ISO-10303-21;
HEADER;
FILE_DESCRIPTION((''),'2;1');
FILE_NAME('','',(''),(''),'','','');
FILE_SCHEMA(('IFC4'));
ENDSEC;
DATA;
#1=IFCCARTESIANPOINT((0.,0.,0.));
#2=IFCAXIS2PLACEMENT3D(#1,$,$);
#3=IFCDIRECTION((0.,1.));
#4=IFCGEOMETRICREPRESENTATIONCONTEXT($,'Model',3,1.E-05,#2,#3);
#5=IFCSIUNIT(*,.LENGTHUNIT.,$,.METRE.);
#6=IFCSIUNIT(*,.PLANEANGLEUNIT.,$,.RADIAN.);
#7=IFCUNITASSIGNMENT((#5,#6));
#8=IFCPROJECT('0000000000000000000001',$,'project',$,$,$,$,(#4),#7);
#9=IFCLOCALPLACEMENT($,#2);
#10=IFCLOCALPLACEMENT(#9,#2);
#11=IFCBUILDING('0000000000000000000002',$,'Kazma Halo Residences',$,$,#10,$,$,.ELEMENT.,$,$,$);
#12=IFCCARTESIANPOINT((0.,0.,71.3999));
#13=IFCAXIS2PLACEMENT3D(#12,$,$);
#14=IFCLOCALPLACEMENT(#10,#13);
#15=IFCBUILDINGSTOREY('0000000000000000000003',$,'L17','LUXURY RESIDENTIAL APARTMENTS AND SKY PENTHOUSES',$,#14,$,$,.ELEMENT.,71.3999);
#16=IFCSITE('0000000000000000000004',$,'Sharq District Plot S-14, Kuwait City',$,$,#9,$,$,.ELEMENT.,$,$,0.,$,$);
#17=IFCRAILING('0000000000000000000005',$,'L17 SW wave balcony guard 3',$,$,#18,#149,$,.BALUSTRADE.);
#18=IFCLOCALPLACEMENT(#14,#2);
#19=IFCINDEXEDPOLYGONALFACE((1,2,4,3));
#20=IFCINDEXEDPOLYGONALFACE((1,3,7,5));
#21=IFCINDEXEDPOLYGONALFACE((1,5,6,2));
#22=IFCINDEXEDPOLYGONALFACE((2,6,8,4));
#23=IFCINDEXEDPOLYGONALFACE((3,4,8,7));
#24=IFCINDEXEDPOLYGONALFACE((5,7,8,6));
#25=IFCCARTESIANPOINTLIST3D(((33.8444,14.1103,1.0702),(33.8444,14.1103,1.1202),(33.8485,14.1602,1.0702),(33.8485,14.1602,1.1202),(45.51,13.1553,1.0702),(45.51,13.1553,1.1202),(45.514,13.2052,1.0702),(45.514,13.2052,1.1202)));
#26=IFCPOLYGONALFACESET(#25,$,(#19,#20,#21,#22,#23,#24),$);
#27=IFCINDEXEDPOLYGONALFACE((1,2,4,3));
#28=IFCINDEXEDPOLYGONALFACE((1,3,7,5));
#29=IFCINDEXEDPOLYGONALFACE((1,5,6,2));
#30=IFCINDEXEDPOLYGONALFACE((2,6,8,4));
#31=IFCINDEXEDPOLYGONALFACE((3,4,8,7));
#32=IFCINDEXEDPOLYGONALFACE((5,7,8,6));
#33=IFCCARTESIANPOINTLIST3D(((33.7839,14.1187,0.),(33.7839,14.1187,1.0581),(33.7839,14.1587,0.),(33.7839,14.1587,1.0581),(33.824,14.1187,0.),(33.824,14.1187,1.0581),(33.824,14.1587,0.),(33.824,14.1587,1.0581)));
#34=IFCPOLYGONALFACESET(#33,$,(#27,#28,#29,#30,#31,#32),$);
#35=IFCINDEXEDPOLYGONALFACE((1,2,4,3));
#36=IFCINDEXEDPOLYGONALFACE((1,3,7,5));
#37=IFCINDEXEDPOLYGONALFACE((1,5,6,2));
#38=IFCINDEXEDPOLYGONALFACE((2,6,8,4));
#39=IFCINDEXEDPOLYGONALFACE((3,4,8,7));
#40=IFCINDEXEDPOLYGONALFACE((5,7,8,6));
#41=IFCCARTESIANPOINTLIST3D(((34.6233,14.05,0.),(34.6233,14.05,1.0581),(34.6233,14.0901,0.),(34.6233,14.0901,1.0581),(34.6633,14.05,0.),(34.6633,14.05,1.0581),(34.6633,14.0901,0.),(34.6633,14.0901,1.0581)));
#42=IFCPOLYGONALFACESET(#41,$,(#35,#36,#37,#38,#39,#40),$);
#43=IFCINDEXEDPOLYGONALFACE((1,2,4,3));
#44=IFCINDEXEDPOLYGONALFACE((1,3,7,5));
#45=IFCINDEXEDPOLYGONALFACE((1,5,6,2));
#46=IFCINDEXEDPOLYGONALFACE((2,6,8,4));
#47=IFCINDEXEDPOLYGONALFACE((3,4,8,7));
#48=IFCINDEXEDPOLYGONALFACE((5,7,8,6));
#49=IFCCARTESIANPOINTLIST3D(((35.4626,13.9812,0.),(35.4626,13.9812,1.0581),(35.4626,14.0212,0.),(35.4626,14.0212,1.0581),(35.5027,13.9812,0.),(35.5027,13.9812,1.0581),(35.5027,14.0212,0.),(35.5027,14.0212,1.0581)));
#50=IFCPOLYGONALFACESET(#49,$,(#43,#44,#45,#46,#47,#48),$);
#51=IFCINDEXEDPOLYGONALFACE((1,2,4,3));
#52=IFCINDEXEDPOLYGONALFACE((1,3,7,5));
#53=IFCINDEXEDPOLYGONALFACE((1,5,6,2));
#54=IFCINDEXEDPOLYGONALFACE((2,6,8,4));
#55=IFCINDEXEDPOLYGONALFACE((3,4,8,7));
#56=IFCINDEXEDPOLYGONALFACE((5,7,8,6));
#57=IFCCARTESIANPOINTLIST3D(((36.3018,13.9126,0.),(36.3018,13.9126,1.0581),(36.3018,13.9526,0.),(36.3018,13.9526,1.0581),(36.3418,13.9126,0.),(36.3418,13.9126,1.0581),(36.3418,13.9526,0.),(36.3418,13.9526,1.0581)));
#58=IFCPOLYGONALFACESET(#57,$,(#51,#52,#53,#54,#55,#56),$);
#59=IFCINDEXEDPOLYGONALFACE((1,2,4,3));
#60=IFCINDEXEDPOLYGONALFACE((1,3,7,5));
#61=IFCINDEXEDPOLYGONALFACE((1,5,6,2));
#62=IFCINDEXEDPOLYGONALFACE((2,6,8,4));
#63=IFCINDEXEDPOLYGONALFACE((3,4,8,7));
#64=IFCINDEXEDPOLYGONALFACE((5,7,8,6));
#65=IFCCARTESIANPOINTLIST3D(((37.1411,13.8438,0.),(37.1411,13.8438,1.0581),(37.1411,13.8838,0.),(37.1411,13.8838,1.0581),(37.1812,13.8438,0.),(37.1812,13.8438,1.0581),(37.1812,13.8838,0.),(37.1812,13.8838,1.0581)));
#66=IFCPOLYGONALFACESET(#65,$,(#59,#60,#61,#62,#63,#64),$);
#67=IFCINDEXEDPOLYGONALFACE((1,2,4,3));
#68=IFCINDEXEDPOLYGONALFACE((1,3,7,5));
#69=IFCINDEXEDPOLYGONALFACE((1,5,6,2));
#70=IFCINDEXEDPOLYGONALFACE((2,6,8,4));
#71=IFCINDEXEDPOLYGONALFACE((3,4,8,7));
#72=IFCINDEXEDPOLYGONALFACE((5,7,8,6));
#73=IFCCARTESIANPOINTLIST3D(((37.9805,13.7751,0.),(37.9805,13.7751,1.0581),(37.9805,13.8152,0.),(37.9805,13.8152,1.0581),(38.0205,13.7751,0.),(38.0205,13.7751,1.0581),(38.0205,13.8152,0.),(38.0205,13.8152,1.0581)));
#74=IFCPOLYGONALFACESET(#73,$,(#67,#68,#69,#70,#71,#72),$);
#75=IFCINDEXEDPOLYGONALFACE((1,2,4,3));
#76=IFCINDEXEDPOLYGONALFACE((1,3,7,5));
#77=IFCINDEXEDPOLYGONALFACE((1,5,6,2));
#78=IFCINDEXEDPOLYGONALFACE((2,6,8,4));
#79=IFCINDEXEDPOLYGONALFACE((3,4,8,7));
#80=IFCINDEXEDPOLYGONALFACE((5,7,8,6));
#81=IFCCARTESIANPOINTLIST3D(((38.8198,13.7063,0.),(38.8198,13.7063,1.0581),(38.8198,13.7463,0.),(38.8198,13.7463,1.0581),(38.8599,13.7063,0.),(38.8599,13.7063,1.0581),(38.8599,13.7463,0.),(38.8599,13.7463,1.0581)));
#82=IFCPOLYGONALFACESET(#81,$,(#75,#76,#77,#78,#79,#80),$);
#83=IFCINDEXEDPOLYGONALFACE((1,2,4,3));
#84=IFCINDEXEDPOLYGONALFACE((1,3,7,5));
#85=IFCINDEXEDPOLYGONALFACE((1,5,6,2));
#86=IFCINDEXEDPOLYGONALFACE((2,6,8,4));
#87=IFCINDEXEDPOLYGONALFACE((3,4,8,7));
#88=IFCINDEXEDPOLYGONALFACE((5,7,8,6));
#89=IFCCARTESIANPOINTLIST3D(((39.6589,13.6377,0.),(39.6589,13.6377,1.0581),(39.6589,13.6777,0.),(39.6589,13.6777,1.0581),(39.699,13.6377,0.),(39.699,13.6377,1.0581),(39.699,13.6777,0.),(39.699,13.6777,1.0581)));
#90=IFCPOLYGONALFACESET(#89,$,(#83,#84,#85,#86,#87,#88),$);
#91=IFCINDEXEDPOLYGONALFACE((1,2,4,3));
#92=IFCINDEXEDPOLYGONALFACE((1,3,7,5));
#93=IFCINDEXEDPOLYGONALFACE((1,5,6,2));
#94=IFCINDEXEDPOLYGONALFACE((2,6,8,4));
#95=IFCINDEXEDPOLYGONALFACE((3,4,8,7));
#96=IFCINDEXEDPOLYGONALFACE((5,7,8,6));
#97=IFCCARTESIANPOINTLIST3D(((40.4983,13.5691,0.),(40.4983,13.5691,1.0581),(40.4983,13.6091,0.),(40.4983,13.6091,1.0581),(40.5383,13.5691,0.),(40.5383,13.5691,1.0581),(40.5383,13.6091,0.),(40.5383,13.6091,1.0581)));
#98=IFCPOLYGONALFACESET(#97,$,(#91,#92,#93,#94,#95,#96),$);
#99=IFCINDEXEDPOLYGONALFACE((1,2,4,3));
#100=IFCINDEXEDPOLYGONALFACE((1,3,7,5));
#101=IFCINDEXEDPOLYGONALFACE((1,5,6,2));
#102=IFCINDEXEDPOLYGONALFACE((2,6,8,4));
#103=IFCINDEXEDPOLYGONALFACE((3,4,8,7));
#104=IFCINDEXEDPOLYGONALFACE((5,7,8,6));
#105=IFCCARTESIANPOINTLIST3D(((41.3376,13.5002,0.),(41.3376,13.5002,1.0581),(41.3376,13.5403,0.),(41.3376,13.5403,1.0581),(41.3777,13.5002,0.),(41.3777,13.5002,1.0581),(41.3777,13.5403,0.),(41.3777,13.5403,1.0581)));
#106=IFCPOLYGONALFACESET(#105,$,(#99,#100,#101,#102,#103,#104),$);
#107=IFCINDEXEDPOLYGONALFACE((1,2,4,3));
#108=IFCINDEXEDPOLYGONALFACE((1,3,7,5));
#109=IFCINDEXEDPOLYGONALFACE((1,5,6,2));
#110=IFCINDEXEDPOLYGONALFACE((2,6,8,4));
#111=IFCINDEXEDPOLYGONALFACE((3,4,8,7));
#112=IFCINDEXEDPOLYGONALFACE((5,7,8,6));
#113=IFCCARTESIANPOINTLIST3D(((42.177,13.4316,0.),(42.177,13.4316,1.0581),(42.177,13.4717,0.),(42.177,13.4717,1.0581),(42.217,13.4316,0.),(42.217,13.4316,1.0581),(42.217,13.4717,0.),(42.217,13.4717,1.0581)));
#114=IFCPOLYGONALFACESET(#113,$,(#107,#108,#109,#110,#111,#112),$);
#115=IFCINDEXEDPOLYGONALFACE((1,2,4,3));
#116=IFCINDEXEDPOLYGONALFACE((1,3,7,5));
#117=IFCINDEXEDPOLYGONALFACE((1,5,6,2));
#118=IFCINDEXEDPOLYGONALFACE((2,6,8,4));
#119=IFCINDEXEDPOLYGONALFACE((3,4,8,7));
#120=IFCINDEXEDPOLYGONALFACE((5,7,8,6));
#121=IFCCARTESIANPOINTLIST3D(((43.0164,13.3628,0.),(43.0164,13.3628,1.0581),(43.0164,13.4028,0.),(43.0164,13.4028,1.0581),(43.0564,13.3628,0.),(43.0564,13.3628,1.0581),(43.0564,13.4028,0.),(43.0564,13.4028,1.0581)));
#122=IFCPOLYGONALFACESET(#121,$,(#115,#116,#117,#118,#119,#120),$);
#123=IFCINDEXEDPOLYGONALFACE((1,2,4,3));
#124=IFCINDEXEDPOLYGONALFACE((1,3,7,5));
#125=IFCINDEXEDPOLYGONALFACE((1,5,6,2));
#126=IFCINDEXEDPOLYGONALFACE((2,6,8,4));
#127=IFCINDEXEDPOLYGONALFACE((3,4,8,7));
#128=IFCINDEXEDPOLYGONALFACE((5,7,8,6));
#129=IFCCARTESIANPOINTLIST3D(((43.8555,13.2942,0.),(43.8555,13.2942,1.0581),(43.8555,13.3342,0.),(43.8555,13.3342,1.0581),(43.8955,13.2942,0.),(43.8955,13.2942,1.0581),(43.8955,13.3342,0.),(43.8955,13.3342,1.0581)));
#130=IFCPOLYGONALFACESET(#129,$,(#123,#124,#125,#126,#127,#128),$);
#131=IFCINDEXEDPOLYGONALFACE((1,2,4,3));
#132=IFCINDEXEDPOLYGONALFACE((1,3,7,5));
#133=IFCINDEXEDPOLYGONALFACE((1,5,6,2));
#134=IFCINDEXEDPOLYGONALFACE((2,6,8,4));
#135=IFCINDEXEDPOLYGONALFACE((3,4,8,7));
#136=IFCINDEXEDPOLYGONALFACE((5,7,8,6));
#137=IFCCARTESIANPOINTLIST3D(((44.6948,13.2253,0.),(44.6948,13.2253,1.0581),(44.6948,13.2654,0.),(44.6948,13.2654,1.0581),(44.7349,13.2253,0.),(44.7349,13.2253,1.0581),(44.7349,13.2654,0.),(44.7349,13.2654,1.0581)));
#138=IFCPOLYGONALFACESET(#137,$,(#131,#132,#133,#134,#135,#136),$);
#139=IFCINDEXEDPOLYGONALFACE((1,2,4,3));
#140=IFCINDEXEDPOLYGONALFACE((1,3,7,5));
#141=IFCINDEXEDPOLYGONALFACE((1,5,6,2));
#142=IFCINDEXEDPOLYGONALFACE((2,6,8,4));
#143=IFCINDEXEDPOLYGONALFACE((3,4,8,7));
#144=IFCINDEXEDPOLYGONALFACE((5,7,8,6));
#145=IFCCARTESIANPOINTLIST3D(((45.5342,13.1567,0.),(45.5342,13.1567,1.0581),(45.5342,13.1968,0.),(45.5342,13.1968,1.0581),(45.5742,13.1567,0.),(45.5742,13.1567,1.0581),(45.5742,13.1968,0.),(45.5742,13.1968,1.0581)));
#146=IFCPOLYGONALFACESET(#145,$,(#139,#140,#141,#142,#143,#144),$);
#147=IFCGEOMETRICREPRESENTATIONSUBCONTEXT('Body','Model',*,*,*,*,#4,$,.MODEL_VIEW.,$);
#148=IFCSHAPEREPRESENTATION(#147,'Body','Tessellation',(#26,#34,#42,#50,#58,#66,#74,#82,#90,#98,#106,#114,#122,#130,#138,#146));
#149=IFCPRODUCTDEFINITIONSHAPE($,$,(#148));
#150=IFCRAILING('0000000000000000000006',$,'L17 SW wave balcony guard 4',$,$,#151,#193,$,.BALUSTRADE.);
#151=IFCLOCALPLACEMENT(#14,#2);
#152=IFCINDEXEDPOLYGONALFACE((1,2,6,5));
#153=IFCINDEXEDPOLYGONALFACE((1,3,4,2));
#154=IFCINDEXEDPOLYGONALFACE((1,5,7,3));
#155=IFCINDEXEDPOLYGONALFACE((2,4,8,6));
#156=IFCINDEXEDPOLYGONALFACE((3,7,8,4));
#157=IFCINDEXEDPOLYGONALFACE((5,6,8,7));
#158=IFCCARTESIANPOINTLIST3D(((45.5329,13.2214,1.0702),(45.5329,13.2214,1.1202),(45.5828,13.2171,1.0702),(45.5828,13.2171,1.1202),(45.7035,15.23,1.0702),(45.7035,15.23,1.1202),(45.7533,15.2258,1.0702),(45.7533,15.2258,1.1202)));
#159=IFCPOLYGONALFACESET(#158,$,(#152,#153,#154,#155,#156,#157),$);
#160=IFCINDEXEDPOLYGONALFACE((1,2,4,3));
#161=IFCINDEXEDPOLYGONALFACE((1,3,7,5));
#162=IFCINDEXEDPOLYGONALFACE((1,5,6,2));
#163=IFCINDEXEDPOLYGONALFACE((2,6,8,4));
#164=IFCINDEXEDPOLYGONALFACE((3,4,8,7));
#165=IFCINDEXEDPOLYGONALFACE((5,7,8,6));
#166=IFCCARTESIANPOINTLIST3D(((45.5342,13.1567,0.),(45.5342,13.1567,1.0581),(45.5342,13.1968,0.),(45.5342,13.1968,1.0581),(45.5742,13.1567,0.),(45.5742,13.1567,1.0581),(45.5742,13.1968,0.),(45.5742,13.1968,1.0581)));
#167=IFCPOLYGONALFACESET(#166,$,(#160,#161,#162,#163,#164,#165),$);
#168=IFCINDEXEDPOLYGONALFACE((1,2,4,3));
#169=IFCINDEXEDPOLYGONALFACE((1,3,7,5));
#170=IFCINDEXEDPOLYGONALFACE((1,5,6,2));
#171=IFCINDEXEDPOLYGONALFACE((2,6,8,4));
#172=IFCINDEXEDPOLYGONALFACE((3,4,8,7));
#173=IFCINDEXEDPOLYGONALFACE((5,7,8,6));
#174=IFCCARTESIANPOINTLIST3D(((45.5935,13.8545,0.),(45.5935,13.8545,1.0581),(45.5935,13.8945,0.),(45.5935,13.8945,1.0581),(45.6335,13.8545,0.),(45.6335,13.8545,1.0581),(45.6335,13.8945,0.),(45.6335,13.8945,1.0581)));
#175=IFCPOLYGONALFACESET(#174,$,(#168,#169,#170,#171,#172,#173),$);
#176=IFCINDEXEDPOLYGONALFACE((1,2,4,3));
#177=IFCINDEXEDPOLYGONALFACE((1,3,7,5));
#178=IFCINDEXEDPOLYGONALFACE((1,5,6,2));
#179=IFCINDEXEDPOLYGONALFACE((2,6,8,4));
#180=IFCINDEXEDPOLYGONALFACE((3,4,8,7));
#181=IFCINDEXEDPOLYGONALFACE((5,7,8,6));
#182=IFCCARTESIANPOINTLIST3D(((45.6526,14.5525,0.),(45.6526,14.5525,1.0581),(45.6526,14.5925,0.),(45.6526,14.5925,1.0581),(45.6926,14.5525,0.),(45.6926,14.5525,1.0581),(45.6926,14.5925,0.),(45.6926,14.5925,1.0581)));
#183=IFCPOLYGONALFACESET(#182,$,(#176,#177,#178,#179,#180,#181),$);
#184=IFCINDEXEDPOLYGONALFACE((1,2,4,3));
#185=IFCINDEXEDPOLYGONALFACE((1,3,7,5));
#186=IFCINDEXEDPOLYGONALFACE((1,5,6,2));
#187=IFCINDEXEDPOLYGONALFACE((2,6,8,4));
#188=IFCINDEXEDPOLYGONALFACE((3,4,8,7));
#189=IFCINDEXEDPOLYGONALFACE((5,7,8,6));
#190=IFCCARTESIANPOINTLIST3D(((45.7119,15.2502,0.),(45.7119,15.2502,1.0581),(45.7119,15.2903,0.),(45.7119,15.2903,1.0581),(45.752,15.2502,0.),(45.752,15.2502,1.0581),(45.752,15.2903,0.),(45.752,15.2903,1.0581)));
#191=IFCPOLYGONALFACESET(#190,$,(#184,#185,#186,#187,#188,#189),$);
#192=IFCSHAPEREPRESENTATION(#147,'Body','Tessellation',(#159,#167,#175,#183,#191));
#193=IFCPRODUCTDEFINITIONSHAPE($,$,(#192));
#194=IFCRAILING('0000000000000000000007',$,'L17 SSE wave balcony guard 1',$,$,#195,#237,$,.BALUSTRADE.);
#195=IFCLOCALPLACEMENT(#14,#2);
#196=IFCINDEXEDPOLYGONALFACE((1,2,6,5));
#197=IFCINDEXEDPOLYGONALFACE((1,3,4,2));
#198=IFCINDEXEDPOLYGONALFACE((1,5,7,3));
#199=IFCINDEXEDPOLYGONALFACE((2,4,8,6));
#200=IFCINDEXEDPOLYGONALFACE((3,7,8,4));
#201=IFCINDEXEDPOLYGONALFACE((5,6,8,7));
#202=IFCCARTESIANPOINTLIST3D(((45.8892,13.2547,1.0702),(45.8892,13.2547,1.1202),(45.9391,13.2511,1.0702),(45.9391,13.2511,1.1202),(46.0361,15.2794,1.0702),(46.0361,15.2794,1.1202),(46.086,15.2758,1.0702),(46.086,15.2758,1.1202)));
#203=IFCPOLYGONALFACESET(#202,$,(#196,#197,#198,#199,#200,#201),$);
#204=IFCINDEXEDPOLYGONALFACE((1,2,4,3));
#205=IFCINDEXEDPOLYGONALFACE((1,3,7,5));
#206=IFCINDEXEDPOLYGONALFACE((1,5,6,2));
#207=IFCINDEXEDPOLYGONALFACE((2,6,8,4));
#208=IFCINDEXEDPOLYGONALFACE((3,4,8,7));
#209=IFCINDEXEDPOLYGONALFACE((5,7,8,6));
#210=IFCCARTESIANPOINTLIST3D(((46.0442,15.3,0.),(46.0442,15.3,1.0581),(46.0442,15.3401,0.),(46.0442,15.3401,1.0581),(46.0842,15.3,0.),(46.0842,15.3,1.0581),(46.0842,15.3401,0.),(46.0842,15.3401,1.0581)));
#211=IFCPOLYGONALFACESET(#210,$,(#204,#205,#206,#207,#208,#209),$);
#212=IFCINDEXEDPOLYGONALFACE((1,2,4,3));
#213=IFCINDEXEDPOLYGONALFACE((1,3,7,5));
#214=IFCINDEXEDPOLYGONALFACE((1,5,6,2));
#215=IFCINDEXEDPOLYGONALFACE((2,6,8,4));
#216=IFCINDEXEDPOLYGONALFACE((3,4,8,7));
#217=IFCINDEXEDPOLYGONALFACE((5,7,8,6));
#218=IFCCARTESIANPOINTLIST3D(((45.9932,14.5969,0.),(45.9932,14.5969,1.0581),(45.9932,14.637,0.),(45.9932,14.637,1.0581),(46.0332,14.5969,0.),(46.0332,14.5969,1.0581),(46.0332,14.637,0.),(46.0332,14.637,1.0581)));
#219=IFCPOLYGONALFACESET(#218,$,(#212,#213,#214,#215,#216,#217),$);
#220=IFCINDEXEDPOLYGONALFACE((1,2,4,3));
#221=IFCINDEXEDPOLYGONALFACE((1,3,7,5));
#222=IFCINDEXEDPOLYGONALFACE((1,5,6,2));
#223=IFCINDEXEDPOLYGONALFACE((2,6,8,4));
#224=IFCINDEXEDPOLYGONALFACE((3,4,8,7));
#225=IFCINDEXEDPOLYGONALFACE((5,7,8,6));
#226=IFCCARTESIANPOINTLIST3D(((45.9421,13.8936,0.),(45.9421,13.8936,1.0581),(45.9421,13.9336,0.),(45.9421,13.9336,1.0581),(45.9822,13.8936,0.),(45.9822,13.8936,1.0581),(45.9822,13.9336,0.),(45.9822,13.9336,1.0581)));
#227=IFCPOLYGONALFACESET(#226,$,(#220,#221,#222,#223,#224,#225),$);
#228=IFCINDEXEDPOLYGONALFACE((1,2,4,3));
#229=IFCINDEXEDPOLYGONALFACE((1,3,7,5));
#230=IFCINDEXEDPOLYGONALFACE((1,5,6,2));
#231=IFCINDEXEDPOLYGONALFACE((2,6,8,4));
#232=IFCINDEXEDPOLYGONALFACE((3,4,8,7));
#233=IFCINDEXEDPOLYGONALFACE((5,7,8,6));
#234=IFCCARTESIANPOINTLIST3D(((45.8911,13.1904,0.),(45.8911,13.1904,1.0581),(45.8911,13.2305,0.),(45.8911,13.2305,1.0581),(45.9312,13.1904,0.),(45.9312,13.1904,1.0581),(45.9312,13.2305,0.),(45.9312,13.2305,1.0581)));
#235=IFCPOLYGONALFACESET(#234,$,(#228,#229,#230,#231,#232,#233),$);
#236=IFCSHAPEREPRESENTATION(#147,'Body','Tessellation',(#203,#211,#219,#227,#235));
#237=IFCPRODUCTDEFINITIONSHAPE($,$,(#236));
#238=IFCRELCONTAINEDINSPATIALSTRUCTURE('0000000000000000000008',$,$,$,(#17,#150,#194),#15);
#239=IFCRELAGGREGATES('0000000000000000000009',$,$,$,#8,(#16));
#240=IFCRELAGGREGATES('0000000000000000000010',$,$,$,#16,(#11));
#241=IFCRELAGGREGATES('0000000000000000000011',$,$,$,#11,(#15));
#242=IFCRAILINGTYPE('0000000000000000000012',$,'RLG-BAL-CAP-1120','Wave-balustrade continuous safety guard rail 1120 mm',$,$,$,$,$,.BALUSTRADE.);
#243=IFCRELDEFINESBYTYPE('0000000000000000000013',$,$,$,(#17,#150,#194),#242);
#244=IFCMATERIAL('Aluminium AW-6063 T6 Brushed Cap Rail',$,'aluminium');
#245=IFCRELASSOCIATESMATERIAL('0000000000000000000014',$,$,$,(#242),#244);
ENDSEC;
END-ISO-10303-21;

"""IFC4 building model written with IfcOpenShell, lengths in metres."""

from ifc_helpers import new_model, si_unit, direction, frame, origin, origin_2d, place, context, subcontext, project, spatial, rectangle, extrude, material, type_object, element, save


model = new_model("IFC4")

# Units and contexts
model_context = context("Model", 3, precision=1e-05, world=origin(), true_north=direction((0.0, 1.0)))
body_context = subcontext(model_context, "Body", "Model", "MODEL_VIEW")
ifc_project = project(units=[si_unit("LENGTHUNIT", "METRE"), si_unit("PLANEANGLEUNIT", "RADIAN")], contexts=[model_context])

# Site, building, storey
site_placement = place(None, origin())
site = spatial("IfcSite", under=ifc_project, at=site_placement, Name="Sharq District Plot S-14, Kuwait City", CompositionType="ELEMENT", RefElevation=0.0)
building_placement = place(site_placement, origin())
building = spatial("IfcBuilding", under=site, at=building_placement, Name="Kazma Halo Residences", CompositionType="ELEMENT")
storey_placement = place(building_placement, frame((0.0, 0.0, 71.3999)))
storey = spatial("IfcBuildingStorey", under=building, at=storey_placement, Name="L17", Description="LUXURY RESIDENTIAL APARTMENTS AND SKY PENTHOUSES", CompositionType="ELEMENT", Elevation=71.3999)

# Railings
ifc_material_1 = material(Name="Aluminium AW-6063 T6 Brushed Cap Rail", Category="aluminium")
railing_type = type_object("IfcRailingType", Name="RLG-BAL-CAP-1120", Description="Wave-balustrade continuous safety guard rail 1120 mm", PredefinedType="BALUSTRADE", material=ifc_material_1)
railing_1_placement = place(storey_placement, frame((33.804, 14.1387, 0.0)))
element("IfcRailing", 1, at=railing_1_placement, inside=storey, type_object=railing_type, Name="L17 SW wave balcony guard 3", PredefinedType="BALUSTRADE", context=body_context, shape_type="SweptSolid", body=[
    extrude(rectangle(XDim=0.05, YDim=0.05, at=origin_2d()), frame((0.0425, -0.0034, 1.0952), z_axis=(0.996666, -0.08159, 0.0), x_axis=(0.08159, 0.996666, 0.0)), (0.0, 0.0, 1.0), 11.7046),
    extrude(rectangle(XDim=0.04, YDim=0.04, at=origin_2d()), origin(), (0.0, 0.0, 1.0), 1.0581),
    extrude(rectangle(XDim=0.04, YDim=0.04, at=origin_2d()), frame((0.8394, -0.0686, 0.0)), (0.0, 0.0, 1.0), 1.0581),
    extrude(rectangle(XDim=0.04, YDim=0.04, at=origin_2d()), frame((1.6787, -0.1375, 0.0)), (0.0, 0.0, 1.0), 1.0581),
    extrude(rectangle(XDim=0.04, YDim=0.04, at=origin_2d()), frame((2.5178, -0.2061, 0.0)), (0.0, 0.0, 1.0), 1.0581),
    extrude(rectangle(XDim=0.04, YDim=0.04, at=origin_2d()), frame((3.3572, -0.2749, 0.0)), (0.0, 0.0, 1.0), 1.0581),
    extrude(rectangle(XDim=0.04, YDim=0.04, at=origin_2d()), frame((4.1965, -0.3435, 0.0)), (0.0, 0.0, 1.0), 1.0581),
    extrude(rectangle(XDim=0.04, YDim=0.04, at=origin_2d()), frame((5.0359, -0.4124, 0.0)), (0.0, 0.0, 1.0), 1.0581),
    extrude(rectangle(XDim=0.04, YDim=0.04, at=origin_2d()), frame((5.875, -0.481, 0.0)), (0.0, 0.0, 1.0), 1.0581),
    extrude(rectangle(XDim=0.04, YDim=0.04, at=origin_2d()), frame((6.7144, -0.5496, 0.0)), (0.0, 0.0, 1.0), 1.0581),
    extrude(rectangle(XDim=0.04, YDim=0.04, at=origin_2d()), frame((7.5537, -0.6184, 0.0)), (0.0, 0.0, 1.0), 1.0581),
    extrude(rectangle(XDim=0.04, YDim=0.04, at=origin_2d()), frame((8.3931, -0.687, 0.0)), (0.0, 0.0, 1.0), 1.0581),
    extrude(rectangle(XDim=0.04, YDim=0.04, at=origin_2d()), frame((9.2324, -0.7559, 0.0)), (0.0, 0.0, 1.0), 1.0581),
    extrude(rectangle(XDim=0.04, YDim=0.04, at=origin_2d()), frame((10.0715, -0.8245, 0.0)), (0.0, 0.0, 1.0), 1.0581),
    extrude(rectangle(XDim=0.04, YDim=0.04, at=origin_2d()), frame((10.9109, -0.8933, 0.0)), (0.0, 0.0, 1.0), 1.0581),
    extrude(rectangle(XDim=0.04, YDim=0.04, at=origin_2d()), frame((11.7502, -0.9619, 0.0)), (0.0, 0.0, 1.0), 1.0581),
])
railing_2_placement = place(storey_placement, frame((45.5542, 13.1768, 0.0)))
element("IfcRailing", 2, at=railing_2_placement, inside=storey, type_object=railing_type, Name="L17 SW wave balcony guard 4", PredefinedType="BALUSTRADE", context=body_context, shape_type="SweptSolid", body=[
    extrude(rectangle(XDim=0.05, YDim=0.05, at=origin_2d()), frame((0.0037, 0.0425, 1.0952), z_axis=(0.084594, 0.996416, 0.0), x_axis=(-0.996416, 0.084594, 0.0)), (0.0, 0.0, 1.0), 2.0159),
    extrude(rectangle(XDim=0.04, YDim=0.04, at=origin_2d()), origin(), (0.0, 0.0, 1.0), 1.0581),
    extrude(rectangle(XDim=0.04, YDim=0.04, at=origin_2d()), frame((0.0593, 0.6978, 0.0)), (0.0, 0.0, 1.0), 1.0581),
    extrude(rectangle(XDim=0.04, YDim=0.04, at=origin_2d()), frame((0.1184, 1.3958, 0.0)), (0.0, 0.0, 1.0), 1.0581),
    extrude(rectangle(XDim=0.04, YDim=0.04, at=origin_2d()), frame((0.1777, 2.0935, 0.0)), (0.0, 0.0, 1.0), 1.0581),
])
railing_3_placement = place(storey_placement, frame((46.0642, 15.3201, 0.0)))
element("IfcRailing", 3, at=railing_3_placement, inside=storey, type_object=railing_type, Name="L17 SSE wave balcony guard 1", PredefinedType="BALUSTRADE", context=body_context, shape_type="SweptSolid", body=[
    extrude(rectangle(XDim=0.05, YDim=0.05, at=origin_2d()), frame((-0.0032, -0.0425, 1.0952), z_axis=(-0.072371, -0.997378, 0.0), x_axis=(0.997378, -0.072371, 0.0)), (0.0, 0.0, 1.0), 2.03),
    extrude(rectangle(XDim=0.04, YDim=0.04, at=origin_2d()), origin(), (0.0, 0.0, 1.0), 1.0581),
    extrude(rectangle(XDim=0.04, YDim=0.04, at=origin_2d()), frame((-0.051, -0.7031, 0.0)), (0.0, 0.0, 1.0), 1.0581),
    extrude(rectangle(XDim=0.04, YDim=0.04, at=origin_2d()), frame((-0.1021, -1.4065, 0.0)), (0.0, 0.0, 1.0), 1.0581),
    extrude(rectangle(XDim=0.04, YDim=0.04, at=origin_2d()), frame((-0.1531, -2.1096, 0.0)), (0.0, 0.0, 1.0), 1.0581),
])

save(model, "model.ifc")
